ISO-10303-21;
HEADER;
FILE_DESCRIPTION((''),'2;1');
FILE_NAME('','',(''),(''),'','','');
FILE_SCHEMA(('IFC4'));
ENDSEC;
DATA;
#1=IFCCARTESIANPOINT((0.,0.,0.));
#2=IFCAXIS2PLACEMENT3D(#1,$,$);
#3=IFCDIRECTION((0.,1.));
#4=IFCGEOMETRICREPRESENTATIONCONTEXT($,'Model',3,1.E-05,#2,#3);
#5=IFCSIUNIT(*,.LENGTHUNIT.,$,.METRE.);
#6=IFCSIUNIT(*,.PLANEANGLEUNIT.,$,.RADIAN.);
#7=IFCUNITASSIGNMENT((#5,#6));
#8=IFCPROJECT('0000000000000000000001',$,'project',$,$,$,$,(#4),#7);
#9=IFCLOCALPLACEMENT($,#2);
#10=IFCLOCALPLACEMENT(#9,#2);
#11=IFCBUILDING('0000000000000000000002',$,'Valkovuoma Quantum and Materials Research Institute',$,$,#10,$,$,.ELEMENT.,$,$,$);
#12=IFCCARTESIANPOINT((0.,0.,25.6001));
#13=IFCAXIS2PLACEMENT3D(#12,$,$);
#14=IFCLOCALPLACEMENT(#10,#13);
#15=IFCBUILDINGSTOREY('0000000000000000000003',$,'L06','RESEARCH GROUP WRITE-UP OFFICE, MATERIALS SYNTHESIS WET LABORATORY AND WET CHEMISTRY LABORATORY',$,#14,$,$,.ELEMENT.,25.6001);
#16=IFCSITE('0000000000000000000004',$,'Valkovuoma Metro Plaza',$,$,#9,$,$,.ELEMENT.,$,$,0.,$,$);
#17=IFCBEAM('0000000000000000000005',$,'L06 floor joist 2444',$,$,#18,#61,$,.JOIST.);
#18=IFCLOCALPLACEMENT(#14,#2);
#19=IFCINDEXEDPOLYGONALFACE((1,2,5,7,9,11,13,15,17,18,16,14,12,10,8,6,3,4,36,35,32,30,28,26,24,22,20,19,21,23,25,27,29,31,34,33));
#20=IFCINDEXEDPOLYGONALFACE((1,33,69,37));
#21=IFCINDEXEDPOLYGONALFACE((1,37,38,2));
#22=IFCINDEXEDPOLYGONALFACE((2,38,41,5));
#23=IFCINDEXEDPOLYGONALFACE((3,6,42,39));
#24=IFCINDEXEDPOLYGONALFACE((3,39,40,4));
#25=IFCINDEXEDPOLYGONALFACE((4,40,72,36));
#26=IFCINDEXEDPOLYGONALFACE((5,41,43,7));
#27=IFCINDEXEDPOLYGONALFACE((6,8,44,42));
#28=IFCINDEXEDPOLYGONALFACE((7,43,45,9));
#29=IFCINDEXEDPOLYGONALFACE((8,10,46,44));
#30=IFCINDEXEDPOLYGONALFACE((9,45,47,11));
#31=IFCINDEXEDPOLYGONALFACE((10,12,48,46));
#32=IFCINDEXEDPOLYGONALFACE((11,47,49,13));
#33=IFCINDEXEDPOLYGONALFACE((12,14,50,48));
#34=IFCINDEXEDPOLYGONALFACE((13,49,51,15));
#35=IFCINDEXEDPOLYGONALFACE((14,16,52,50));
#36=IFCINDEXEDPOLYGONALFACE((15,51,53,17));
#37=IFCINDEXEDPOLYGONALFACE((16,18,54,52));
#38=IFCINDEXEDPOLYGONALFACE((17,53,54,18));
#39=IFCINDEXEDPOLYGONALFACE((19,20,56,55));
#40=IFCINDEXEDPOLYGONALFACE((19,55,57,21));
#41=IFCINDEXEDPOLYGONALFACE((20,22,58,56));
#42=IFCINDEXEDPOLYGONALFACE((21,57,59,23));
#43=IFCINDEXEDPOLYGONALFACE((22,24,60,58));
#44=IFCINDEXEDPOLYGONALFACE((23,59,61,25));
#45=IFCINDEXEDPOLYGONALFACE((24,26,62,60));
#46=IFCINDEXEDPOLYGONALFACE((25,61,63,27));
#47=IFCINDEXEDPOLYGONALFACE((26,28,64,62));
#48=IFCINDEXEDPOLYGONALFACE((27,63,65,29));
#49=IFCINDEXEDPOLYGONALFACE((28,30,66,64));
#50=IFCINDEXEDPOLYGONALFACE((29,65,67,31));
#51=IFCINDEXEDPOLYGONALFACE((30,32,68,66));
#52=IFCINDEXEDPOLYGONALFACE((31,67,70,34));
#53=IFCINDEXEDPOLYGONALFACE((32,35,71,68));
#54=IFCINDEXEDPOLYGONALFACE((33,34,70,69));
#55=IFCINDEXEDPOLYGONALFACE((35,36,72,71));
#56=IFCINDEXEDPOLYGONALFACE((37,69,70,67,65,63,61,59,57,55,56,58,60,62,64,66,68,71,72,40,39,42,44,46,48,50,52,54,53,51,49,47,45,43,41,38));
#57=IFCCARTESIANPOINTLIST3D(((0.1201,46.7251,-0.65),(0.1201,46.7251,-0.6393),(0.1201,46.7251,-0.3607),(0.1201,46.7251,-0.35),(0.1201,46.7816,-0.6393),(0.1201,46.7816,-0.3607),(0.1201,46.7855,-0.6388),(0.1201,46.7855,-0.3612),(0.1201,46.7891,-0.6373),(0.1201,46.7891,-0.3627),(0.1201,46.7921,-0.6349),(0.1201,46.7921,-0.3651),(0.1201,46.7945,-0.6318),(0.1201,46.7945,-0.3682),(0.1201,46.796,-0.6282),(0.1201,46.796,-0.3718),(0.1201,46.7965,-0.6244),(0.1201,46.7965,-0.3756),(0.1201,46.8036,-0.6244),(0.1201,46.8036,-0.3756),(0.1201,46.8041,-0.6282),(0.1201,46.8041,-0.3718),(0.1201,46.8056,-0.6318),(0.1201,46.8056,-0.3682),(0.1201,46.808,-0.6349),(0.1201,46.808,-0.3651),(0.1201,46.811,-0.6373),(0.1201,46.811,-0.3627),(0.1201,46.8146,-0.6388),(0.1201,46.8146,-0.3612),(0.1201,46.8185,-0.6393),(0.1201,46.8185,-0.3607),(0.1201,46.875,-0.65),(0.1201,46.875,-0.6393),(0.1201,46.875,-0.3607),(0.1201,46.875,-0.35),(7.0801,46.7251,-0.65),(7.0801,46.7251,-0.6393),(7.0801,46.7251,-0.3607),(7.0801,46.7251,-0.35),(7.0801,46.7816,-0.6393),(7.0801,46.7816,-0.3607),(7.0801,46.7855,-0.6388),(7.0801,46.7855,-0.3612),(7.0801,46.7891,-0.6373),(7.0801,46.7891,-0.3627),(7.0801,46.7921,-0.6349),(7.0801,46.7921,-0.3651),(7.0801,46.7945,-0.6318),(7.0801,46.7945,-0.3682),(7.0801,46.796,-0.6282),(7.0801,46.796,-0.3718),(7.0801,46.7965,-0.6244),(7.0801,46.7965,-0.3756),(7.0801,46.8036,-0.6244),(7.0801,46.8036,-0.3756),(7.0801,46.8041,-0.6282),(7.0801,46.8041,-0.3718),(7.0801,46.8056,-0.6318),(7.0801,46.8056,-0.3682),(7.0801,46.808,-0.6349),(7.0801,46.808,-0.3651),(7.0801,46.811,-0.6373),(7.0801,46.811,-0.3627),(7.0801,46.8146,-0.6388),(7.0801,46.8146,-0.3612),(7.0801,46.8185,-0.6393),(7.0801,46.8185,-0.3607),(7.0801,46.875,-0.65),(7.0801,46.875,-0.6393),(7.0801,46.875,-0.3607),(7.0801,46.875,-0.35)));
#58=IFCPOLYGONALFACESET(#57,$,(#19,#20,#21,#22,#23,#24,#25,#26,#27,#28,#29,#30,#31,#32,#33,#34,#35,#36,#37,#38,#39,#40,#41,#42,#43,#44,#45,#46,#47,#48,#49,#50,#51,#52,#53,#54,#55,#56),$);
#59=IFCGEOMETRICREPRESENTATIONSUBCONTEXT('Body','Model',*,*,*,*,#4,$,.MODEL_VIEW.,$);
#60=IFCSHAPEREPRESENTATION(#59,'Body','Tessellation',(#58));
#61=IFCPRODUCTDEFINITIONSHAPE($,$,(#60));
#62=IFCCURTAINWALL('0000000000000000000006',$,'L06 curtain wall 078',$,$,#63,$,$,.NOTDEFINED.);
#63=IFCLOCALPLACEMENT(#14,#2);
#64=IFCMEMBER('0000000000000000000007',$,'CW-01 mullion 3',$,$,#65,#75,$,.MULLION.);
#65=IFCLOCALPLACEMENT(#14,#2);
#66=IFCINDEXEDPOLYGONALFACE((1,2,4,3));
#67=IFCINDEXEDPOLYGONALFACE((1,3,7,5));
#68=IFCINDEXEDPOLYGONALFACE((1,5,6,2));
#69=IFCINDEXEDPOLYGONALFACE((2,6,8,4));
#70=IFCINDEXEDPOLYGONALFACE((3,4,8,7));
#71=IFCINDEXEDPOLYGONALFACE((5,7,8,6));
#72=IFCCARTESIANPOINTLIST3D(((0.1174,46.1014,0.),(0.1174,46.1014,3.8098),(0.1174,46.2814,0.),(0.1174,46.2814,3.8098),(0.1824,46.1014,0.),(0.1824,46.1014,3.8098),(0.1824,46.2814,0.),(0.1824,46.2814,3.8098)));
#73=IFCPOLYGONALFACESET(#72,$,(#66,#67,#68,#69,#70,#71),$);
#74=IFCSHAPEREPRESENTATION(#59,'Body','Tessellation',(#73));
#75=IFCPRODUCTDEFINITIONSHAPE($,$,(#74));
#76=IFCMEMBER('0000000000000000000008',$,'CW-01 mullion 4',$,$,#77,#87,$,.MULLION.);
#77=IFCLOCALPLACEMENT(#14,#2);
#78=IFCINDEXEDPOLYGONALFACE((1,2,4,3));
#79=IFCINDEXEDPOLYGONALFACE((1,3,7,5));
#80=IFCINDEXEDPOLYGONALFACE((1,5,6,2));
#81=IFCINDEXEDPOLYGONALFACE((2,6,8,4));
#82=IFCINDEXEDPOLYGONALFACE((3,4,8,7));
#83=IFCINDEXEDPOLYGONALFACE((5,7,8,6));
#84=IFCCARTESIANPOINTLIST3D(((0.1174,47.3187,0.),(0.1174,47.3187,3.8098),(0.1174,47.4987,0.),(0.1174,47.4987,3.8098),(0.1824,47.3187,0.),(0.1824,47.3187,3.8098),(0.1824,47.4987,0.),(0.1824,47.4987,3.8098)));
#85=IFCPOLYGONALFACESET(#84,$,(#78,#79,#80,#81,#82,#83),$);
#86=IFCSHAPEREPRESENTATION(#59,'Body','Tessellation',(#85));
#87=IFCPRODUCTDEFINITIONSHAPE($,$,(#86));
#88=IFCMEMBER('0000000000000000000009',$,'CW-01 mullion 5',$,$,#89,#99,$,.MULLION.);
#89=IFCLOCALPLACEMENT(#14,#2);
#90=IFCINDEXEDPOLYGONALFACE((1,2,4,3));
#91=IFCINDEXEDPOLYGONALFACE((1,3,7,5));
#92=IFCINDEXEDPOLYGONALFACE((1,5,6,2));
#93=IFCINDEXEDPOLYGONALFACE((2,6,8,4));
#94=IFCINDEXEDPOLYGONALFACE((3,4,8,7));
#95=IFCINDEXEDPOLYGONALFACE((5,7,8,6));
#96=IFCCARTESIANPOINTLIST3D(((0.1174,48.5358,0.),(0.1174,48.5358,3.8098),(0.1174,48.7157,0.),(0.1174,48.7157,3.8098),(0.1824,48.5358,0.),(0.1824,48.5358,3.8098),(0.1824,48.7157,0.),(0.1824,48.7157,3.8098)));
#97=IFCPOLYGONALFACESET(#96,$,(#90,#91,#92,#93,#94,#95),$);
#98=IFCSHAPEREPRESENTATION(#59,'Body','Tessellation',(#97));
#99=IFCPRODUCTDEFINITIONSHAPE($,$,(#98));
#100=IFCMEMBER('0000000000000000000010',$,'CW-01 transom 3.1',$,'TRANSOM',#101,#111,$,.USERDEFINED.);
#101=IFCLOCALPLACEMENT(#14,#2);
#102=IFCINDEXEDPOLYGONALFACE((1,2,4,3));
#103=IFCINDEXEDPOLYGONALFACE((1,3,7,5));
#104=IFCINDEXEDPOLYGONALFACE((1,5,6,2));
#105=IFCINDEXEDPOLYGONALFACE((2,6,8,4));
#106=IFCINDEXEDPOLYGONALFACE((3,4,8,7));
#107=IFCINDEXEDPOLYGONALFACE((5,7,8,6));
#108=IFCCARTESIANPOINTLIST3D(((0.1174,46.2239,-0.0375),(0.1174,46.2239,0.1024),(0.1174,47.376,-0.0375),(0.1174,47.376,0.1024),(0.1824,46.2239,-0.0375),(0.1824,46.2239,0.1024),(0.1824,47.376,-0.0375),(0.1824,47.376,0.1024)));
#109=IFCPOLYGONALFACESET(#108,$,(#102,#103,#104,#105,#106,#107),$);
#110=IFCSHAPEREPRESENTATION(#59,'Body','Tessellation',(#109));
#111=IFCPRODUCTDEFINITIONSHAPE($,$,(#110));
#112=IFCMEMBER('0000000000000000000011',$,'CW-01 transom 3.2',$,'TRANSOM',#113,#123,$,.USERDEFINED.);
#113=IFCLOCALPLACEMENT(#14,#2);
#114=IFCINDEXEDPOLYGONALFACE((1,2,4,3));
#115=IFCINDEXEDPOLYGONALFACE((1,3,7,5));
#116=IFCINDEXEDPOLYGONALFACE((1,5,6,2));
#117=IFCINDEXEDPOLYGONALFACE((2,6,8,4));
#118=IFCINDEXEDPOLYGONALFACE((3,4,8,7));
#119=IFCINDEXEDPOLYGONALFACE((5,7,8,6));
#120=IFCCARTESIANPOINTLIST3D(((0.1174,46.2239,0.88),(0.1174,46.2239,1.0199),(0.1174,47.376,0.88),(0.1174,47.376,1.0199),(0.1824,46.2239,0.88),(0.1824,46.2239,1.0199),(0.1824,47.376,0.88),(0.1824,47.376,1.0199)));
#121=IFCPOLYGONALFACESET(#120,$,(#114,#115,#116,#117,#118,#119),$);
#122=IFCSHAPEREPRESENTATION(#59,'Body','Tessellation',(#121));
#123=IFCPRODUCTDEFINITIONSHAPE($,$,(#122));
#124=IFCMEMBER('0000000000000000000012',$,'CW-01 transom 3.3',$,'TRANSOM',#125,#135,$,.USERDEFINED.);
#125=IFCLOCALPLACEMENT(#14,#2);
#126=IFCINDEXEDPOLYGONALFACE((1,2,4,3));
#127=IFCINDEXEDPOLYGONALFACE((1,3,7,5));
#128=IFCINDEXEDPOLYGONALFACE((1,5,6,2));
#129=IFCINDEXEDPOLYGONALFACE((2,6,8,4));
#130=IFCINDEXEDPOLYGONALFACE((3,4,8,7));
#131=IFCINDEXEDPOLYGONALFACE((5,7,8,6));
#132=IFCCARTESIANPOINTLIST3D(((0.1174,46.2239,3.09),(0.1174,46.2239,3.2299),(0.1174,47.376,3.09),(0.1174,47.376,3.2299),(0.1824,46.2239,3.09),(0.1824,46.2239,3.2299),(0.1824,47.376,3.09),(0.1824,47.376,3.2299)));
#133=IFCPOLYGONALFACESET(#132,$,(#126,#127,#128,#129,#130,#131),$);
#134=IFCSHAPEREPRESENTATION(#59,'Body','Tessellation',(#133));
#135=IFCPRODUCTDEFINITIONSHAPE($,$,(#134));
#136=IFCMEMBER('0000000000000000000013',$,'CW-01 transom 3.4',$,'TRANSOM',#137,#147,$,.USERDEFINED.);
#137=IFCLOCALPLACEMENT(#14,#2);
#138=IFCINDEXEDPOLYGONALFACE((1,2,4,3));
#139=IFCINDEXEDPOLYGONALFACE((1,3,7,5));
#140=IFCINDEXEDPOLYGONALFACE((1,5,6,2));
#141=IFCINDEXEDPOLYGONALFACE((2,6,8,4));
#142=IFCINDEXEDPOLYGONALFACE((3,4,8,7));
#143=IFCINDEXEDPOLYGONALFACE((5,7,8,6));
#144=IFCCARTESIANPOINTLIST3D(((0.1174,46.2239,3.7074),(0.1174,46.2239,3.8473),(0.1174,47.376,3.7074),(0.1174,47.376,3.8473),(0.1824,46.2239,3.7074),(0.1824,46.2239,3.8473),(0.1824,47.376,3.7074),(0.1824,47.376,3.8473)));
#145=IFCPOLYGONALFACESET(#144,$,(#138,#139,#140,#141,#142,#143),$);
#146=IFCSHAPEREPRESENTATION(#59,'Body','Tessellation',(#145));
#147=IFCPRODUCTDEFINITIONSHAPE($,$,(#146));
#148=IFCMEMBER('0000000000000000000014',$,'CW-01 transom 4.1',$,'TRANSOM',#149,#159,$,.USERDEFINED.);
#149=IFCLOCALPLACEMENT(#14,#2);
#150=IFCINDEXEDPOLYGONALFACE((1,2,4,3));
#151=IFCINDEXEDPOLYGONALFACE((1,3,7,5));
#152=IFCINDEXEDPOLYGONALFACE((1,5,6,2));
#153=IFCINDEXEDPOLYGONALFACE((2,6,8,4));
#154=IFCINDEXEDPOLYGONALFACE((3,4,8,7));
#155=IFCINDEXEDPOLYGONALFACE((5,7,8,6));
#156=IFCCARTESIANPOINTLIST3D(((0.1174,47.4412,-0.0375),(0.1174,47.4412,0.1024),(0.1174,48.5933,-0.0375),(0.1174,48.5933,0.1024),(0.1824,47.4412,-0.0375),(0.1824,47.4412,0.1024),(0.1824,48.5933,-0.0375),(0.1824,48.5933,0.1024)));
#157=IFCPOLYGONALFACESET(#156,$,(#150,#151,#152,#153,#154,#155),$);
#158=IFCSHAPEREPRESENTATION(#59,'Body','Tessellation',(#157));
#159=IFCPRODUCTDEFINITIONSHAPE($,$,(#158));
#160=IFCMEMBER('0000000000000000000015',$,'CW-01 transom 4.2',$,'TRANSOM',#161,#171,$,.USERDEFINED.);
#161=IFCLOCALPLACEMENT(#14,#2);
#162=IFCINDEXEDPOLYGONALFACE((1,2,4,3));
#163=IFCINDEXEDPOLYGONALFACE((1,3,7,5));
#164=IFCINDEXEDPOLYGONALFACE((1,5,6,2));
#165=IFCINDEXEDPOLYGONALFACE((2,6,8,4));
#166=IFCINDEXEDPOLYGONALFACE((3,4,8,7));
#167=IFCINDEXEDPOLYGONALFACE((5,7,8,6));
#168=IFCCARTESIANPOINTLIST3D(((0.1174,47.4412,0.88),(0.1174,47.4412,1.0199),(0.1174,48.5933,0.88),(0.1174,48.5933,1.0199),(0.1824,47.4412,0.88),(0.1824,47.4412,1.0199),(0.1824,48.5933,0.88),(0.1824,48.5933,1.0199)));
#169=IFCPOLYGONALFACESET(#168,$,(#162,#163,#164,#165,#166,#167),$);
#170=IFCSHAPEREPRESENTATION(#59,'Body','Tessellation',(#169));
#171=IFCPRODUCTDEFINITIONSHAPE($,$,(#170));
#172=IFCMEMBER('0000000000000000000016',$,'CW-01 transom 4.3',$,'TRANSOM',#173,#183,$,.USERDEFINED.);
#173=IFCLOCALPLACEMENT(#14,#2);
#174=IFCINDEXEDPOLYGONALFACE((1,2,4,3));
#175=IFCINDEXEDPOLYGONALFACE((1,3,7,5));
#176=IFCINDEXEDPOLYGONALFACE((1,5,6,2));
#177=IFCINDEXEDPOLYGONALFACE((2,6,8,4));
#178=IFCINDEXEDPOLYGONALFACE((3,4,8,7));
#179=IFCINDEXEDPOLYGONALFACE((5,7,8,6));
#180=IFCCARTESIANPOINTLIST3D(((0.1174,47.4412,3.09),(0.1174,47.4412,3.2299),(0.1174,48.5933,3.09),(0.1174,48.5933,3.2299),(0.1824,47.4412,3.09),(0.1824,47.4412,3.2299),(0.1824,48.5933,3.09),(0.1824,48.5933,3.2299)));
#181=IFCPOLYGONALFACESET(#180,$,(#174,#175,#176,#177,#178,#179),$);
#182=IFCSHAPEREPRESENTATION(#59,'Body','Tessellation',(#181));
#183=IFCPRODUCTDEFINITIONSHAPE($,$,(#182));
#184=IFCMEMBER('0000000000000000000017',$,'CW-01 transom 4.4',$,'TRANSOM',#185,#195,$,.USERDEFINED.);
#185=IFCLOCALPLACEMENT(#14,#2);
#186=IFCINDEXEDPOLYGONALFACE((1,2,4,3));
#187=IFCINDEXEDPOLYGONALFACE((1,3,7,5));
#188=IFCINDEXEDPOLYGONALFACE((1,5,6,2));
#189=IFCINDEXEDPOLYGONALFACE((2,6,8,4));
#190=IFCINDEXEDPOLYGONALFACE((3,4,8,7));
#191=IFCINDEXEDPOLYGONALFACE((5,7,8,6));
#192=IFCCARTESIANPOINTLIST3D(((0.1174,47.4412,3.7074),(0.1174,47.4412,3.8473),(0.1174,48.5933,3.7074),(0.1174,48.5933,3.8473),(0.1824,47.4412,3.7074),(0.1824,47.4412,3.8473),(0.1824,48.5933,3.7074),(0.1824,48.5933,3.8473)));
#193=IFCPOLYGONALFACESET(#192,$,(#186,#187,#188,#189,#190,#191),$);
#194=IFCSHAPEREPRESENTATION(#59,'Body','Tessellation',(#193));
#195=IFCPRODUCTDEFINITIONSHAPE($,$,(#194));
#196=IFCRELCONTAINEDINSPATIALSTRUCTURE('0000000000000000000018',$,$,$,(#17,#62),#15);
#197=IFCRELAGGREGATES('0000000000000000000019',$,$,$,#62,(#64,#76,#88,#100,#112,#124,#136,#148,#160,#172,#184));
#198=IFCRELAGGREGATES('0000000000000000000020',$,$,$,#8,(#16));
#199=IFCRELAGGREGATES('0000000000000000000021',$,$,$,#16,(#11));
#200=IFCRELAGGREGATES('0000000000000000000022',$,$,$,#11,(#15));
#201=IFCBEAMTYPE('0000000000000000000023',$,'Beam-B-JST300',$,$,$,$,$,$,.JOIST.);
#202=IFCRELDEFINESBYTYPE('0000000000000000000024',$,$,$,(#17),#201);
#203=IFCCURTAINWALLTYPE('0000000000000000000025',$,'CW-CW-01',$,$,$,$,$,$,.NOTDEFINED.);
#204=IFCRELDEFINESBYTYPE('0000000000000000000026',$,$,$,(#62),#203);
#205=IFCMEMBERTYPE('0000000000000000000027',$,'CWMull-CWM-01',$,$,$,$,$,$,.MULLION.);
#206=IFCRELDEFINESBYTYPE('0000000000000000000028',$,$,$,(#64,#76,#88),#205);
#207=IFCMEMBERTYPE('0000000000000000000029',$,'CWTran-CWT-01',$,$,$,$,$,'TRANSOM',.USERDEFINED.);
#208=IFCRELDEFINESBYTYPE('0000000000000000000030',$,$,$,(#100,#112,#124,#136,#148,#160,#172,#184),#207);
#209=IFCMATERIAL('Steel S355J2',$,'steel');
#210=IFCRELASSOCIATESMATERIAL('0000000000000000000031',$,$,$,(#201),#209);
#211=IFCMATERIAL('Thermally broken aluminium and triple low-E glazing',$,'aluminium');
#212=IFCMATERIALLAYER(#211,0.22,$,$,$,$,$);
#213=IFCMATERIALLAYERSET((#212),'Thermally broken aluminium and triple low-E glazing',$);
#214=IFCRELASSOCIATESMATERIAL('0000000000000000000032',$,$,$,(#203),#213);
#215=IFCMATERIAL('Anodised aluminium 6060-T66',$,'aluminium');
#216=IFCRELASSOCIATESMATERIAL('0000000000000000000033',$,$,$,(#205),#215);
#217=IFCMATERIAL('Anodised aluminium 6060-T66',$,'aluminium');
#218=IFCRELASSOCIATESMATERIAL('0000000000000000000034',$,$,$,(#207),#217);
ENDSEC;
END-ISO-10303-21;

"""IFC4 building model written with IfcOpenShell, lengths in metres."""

from ifc_helpers import new_model, si_unit, direction, frame, origin, origin_2d, place, context, subcontext, project, spatial, rectangle, i_section, extrude, material, layer, layer_set, material_profile, profile_set, type_object, element, aggregate, save


model = new_model("IFC4")

# Units and contexts
model_context = context("Model", 3, precision=1e-05, world=origin(), true_north=direction((0.0, 1.0)))
body_context = subcontext(model_context, "Body", "Model", "MODEL_VIEW")
ifc_project = project(units=[si_unit("LENGTHUNIT", "METRE"), si_unit("PLANEANGLEUNIT", "RADIAN")], contexts=[model_context])

# Site, building, storey
site_placement = place(None, origin())
site = spatial("IfcSite", under=ifc_project, at=site_placement, Name="Valkovuoma Metro Plaza", CompositionType="ELEMENT", RefElevation=0.0)
building_placement = place(site_placement, origin())
building = spatial("IfcBuilding", under=site, at=building_placement, Name="Valkovuoma Quantum and Materials Research Institute", CompositionType="ELEMENT")
storey_placement = place(building_placement, frame((0.0, 0.0, 25.6001)))
storey = spatial("IfcBuildingStorey", under=building, at=storey_placement, Name="L06", Description="RESEARCH GROUP WRITE-UP OFFICE, MATERIALS SYNTHESIS WET LABORATORY AND WET CHEMISTRY LABORATORY", CompositionType="ELEMENT", Elevation=25.6001)

# Beam
ifc_material_1 = material(Name="Steel S355J2", Category="steel")
ifc_material_profile_1 = material_profile(ifc_material_1, i_section(OverallWidth=0.1499, OverallDepth=0.3, WebThickness=0.0071, FlangeThickness=0.0107, FilletRadius=0.0149, at=origin_2d()), Name="Steel S355J2")
ifc_profile_set_1 = profile_set([ifc_material_profile_1], Name="Steel S355J2")
beam_type = type_object("IfcBeamType", Name="Beam-B-JST300", PredefinedType="JOIST", material=ifc_profile_set_1)
beam_placement = place(storey_placement, frame((0.1201, 46.8, -0.5), z_axis=(1.0, 0.0, 0.0), x_axis=(0.0, 1.0, 0.0)))
element("IfcBeam", 1, at=beam_placement, inside=storey, type_object=beam_type, Name="L06 floor joist 2444", PredefinedType="JOIST", context=body_context, shape_type="SweptSolid", body=[
    extrude(i_section(OverallWidth=0.1499, OverallDepth=0.3, WebThickness=0.0071, FlangeThickness=0.0107, FilletRadius=0.0149, at=origin_2d()), origin(), (0.0, 0.0, 1.0), 6.96),
])

# Curtain wall, members
ifc_material_2 = material(Name="Thermally broken aluminium and triple low-E glazing", Category="aluminium")
ifc_layer_1 = layer(ifc_material_2, 0.22)
ifc_layer_set_1 = layer_set([ifc_layer_1], Name="Thermally broken aluminium and triple low-E glazing")
curtain_wall_type = type_object("IfcCurtainWallType", Name="CW-CW-01", PredefinedType="NOTDEFINED", material=ifc_layer_set_1)
curtain_wall_placement = place(storey_placement, origin())
curtain_wall = element("IfcCurtainWall", 2, at=curtain_wall_placement, inside=storey, type_object=curtain_wall_type, Name="L06 curtain wall 078", PredefinedType="NOTDEFINED")
ifc_material_3 = material(Name="Anodised aluminium 6060-T66", Category="aluminium")
ifc_material_profile_2 = material_profile(ifc_material_3, rectangle(XDim=0.0649, YDim=0.1799, at=origin_2d()), Name="Anodised aluminium 6060-T66")
ifc_profile_set_2 = profile_set([ifc_material_profile_2], Name="Anodised aluminium 6060-T66")
member_type_1 = type_object("IfcMemberType", Name="CWMull-CWM-01", PredefinedType="MULLION", material=ifc_profile_set_2)
member_1_placement = place(storey_placement, frame((0.1499, 46.1914, 0.0), z_axis=(0.0, 0.0, 1.0), x_axis=(-1.0, 0.0, 0.0)))
member_1 = element("IfcMember", 3, at=member_1_placement, type_object=member_type_1, Name="CW-01 mullion 3", PredefinedType="MULLION", context=body_context, shape_type="SweptSolid", body=[
    extrude(rectangle(XDim=0.0649, YDim=0.1799, at=origin_2d()), origin(), (0.0, 0.0, 1.0), 3.8098),
])
member_2_placement = place(storey_placement, frame((0.1499, 47.4087, 0.0), z_axis=(0.0, 0.0, 1.0), x_axis=(-1.0, 0.0, 0.0)))
member_2 = element("IfcMember", 4, at=member_2_placement, type_object=member_type_1, Name="CW-01 mullion 4", PredefinedType="MULLION", context=body_context, shape_type="SweptSolid", body=[
    extrude(rectangle(XDim=0.0649, YDim=0.1799, at=origin_2d()), origin(), (0.0, 0.0, 1.0), 3.8098),
])
member_3_placement = place(storey_placement, frame((0.1499, 48.6257, 0.0), z_axis=(0.0, 0.0, 1.0), x_axis=(-1.0, 0.0, 0.0)))
member_3 = element("IfcMember", 5, at=member_3_placement, type_object=member_type_1, Name="CW-01 mullion 5", PredefinedType="MULLION", context=body_context, shape_type="SweptSolid", body=[
    extrude(rectangle(XDim=0.0649, YDim=0.1799, at=origin_2d()), origin(), (0.0, 0.0, 1.0), 3.8098),
])
ifc_material_4 = material(Name="Anodised aluminium 6060-T66", Category="aluminium")
ifc_material_profile_3 = material_profile(ifc_material_4, rectangle(XDim=0.0649, YDim=0.1399, at=origin_2d()), Name="Anodised aluminium 6060-T66")
ifc_profile_set_3 = profile_set([ifc_material_profile_3], Name="Anodised aluminium 6060-T66")
member_type_2 = type_object("IfcMemberType", Name="CWTran-CWT-01", ElementType="TRANSOM", PredefinedType="USERDEFINED", material=ifc_profile_set_3)
member_4_placement = place(storey_placement, frame((0.1499, 46.2239, 0.0325), z_axis=(0.0, 1.0, 0.0), x_axis=(-1.0, 0.0, 0.0)))
member_4 = element("IfcMember", 6, at=member_4_placement, type_object=member_type_2, Name="CW-01 transom 3.1", ObjectType="TRANSOM", PredefinedType="USERDEFINED", context=body_context, shape_type="SweptSolid", body=[
    extrude(rectangle(XDim=0.0649, YDim=0.1399, at=origin_2d()), origin(), (0.0, 0.0, 1.0), 1.1521),
])
member_5_placement = place(storey_placement, frame((0.1499, 46.2239, 0.95), z_axis=(0.0, 1.0, 0.0), x_axis=(-1.0, 0.0, 0.0)))
member_5 = element("IfcMember", 7, at=member_5_placement, type_object=member_type_2, Name="CW-01 transom 3.2", ObjectType="TRANSOM", PredefinedType="USERDEFINED", context=body_context, shape_type="SweptSolid", body=[
    extrude(rectangle(XDim=0.0649, YDim=0.1399, at=origin_2d()), origin(), (0.0, 0.0, 1.0), 1.1521),
])
member_6_placement = place(storey_placement, frame((0.1499, 46.2239, 3.1599), z_axis=(0.0, 1.0, 0.0), x_axis=(-1.0, 0.0, 0.0)))
member_6 = element("IfcMember", 8, at=member_6_placement, type_object=member_type_2, Name="CW-01 transom 3.3", ObjectType="TRANSOM", PredefinedType="USERDEFINED", context=body_context, shape_type="SweptSolid", body=[
    extrude(rectangle(XDim=0.0649, YDim=0.1399, at=origin_2d()), origin(), (0.0, 0.0, 1.0), 1.1521),
])
member_7_placement = place(storey_placement, frame((0.1499, 46.2239, 3.7773), z_axis=(0.0, 1.0, 0.0), x_axis=(-1.0, 0.0, 0.0)))
member_7 = element("IfcMember", 9, at=member_7_placement, type_object=member_type_2, Name="CW-01 transom 3.4", ObjectType="TRANSOM", PredefinedType="USERDEFINED", context=body_context, shape_type="SweptSolid", body=[
    extrude(rectangle(XDim=0.0649, YDim=0.1399, at=origin_2d()), origin(), (0.0, 0.0, 1.0), 1.1521),
])
member_8_placement = place(storey_placement, frame((0.1499, 47.4412, 0.0325), z_axis=(0.0, 1.0, 0.0), x_axis=(-1.0, 0.0, 0.0)))
member_8 = element("IfcMember", 10, at=member_8_placement, type_object=member_type_2, Name="CW-01 transom 4.1", ObjectType="TRANSOM", PredefinedType="USERDEFINED", context=body_context, shape_type="SweptSolid", body=[
    extrude(rectangle(XDim=0.0649, YDim=0.1399, at=origin_2d()), origin(), (0.0, 0.0, 1.0), 1.1521),
])
member_9_placement = place(storey_placement, frame((0.1499, 47.4412, 0.95), z_axis=(0.0, 1.0, 0.0), x_axis=(-1.0, 0.0, 0.0)))
member_9 = element("IfcMember", 11, at=member_9_placement, type_object=member_type_2, Name="CW-01 transom 4.2", ObjectType="TRANSOM", PredefinedType="USERDEFINED", context=body_context, shape_type="SweptSolid", body=[
    extrude(rectangle(XDim=0.0649, YDim=0.1399, at=origin_2d()), origin(), (0.0, 0.0, 1.0), 1.1521),
])
member_10_placement = place(storey_placement, frame((0.1499, 47.4412, 3.1599), z_axis=(0.0, 1.0, 0.0), x_axis=(-1.0, 0.0, 0.0)))
member_10 = element("IfcMember", 12, at=member_10_placement, type_object=member_type_2, Name="CW-01 transom 4.3", ObjectType="TRANSOM", PredefinedType="USERDEFINED", context=body_context, shape_type="SweptSolid", body=[
    extrude(rectangle(XDim=0.0649, YDim=0.1399, at=origin_2d()), origin(), (0.0, 0.0, 1.0), 1.1521),
])
member_11_placement = place(storey_placement, frame((0.1499, 47.4412, 3.7773), z_axis=(0.0, 1.0, 0.0), x_axis=(-1.0, 0.0, 0.0)))
member_11 = element("IfcMember", 13, at=member_11_placement, type_object=member_type_2, Name="CW-01 transom 4.4", ObjectType="TRANSOM", PredefinedType="USERDEFINED", context=body_context, shape_type="SweptSolid", body=[
    extrude(rectangle(XDim=0.0649, YDim=0.1399, at=origin_2d()), origin(), (0.0, 0.0, 1.0), 1.1521),
])
aggregate(curtain_wall, [member_1, member_2, member_3, member_4, member_5, member_6, member_7, member_8, member_9, member_10, member_11])

save(model, "model.ifc")
